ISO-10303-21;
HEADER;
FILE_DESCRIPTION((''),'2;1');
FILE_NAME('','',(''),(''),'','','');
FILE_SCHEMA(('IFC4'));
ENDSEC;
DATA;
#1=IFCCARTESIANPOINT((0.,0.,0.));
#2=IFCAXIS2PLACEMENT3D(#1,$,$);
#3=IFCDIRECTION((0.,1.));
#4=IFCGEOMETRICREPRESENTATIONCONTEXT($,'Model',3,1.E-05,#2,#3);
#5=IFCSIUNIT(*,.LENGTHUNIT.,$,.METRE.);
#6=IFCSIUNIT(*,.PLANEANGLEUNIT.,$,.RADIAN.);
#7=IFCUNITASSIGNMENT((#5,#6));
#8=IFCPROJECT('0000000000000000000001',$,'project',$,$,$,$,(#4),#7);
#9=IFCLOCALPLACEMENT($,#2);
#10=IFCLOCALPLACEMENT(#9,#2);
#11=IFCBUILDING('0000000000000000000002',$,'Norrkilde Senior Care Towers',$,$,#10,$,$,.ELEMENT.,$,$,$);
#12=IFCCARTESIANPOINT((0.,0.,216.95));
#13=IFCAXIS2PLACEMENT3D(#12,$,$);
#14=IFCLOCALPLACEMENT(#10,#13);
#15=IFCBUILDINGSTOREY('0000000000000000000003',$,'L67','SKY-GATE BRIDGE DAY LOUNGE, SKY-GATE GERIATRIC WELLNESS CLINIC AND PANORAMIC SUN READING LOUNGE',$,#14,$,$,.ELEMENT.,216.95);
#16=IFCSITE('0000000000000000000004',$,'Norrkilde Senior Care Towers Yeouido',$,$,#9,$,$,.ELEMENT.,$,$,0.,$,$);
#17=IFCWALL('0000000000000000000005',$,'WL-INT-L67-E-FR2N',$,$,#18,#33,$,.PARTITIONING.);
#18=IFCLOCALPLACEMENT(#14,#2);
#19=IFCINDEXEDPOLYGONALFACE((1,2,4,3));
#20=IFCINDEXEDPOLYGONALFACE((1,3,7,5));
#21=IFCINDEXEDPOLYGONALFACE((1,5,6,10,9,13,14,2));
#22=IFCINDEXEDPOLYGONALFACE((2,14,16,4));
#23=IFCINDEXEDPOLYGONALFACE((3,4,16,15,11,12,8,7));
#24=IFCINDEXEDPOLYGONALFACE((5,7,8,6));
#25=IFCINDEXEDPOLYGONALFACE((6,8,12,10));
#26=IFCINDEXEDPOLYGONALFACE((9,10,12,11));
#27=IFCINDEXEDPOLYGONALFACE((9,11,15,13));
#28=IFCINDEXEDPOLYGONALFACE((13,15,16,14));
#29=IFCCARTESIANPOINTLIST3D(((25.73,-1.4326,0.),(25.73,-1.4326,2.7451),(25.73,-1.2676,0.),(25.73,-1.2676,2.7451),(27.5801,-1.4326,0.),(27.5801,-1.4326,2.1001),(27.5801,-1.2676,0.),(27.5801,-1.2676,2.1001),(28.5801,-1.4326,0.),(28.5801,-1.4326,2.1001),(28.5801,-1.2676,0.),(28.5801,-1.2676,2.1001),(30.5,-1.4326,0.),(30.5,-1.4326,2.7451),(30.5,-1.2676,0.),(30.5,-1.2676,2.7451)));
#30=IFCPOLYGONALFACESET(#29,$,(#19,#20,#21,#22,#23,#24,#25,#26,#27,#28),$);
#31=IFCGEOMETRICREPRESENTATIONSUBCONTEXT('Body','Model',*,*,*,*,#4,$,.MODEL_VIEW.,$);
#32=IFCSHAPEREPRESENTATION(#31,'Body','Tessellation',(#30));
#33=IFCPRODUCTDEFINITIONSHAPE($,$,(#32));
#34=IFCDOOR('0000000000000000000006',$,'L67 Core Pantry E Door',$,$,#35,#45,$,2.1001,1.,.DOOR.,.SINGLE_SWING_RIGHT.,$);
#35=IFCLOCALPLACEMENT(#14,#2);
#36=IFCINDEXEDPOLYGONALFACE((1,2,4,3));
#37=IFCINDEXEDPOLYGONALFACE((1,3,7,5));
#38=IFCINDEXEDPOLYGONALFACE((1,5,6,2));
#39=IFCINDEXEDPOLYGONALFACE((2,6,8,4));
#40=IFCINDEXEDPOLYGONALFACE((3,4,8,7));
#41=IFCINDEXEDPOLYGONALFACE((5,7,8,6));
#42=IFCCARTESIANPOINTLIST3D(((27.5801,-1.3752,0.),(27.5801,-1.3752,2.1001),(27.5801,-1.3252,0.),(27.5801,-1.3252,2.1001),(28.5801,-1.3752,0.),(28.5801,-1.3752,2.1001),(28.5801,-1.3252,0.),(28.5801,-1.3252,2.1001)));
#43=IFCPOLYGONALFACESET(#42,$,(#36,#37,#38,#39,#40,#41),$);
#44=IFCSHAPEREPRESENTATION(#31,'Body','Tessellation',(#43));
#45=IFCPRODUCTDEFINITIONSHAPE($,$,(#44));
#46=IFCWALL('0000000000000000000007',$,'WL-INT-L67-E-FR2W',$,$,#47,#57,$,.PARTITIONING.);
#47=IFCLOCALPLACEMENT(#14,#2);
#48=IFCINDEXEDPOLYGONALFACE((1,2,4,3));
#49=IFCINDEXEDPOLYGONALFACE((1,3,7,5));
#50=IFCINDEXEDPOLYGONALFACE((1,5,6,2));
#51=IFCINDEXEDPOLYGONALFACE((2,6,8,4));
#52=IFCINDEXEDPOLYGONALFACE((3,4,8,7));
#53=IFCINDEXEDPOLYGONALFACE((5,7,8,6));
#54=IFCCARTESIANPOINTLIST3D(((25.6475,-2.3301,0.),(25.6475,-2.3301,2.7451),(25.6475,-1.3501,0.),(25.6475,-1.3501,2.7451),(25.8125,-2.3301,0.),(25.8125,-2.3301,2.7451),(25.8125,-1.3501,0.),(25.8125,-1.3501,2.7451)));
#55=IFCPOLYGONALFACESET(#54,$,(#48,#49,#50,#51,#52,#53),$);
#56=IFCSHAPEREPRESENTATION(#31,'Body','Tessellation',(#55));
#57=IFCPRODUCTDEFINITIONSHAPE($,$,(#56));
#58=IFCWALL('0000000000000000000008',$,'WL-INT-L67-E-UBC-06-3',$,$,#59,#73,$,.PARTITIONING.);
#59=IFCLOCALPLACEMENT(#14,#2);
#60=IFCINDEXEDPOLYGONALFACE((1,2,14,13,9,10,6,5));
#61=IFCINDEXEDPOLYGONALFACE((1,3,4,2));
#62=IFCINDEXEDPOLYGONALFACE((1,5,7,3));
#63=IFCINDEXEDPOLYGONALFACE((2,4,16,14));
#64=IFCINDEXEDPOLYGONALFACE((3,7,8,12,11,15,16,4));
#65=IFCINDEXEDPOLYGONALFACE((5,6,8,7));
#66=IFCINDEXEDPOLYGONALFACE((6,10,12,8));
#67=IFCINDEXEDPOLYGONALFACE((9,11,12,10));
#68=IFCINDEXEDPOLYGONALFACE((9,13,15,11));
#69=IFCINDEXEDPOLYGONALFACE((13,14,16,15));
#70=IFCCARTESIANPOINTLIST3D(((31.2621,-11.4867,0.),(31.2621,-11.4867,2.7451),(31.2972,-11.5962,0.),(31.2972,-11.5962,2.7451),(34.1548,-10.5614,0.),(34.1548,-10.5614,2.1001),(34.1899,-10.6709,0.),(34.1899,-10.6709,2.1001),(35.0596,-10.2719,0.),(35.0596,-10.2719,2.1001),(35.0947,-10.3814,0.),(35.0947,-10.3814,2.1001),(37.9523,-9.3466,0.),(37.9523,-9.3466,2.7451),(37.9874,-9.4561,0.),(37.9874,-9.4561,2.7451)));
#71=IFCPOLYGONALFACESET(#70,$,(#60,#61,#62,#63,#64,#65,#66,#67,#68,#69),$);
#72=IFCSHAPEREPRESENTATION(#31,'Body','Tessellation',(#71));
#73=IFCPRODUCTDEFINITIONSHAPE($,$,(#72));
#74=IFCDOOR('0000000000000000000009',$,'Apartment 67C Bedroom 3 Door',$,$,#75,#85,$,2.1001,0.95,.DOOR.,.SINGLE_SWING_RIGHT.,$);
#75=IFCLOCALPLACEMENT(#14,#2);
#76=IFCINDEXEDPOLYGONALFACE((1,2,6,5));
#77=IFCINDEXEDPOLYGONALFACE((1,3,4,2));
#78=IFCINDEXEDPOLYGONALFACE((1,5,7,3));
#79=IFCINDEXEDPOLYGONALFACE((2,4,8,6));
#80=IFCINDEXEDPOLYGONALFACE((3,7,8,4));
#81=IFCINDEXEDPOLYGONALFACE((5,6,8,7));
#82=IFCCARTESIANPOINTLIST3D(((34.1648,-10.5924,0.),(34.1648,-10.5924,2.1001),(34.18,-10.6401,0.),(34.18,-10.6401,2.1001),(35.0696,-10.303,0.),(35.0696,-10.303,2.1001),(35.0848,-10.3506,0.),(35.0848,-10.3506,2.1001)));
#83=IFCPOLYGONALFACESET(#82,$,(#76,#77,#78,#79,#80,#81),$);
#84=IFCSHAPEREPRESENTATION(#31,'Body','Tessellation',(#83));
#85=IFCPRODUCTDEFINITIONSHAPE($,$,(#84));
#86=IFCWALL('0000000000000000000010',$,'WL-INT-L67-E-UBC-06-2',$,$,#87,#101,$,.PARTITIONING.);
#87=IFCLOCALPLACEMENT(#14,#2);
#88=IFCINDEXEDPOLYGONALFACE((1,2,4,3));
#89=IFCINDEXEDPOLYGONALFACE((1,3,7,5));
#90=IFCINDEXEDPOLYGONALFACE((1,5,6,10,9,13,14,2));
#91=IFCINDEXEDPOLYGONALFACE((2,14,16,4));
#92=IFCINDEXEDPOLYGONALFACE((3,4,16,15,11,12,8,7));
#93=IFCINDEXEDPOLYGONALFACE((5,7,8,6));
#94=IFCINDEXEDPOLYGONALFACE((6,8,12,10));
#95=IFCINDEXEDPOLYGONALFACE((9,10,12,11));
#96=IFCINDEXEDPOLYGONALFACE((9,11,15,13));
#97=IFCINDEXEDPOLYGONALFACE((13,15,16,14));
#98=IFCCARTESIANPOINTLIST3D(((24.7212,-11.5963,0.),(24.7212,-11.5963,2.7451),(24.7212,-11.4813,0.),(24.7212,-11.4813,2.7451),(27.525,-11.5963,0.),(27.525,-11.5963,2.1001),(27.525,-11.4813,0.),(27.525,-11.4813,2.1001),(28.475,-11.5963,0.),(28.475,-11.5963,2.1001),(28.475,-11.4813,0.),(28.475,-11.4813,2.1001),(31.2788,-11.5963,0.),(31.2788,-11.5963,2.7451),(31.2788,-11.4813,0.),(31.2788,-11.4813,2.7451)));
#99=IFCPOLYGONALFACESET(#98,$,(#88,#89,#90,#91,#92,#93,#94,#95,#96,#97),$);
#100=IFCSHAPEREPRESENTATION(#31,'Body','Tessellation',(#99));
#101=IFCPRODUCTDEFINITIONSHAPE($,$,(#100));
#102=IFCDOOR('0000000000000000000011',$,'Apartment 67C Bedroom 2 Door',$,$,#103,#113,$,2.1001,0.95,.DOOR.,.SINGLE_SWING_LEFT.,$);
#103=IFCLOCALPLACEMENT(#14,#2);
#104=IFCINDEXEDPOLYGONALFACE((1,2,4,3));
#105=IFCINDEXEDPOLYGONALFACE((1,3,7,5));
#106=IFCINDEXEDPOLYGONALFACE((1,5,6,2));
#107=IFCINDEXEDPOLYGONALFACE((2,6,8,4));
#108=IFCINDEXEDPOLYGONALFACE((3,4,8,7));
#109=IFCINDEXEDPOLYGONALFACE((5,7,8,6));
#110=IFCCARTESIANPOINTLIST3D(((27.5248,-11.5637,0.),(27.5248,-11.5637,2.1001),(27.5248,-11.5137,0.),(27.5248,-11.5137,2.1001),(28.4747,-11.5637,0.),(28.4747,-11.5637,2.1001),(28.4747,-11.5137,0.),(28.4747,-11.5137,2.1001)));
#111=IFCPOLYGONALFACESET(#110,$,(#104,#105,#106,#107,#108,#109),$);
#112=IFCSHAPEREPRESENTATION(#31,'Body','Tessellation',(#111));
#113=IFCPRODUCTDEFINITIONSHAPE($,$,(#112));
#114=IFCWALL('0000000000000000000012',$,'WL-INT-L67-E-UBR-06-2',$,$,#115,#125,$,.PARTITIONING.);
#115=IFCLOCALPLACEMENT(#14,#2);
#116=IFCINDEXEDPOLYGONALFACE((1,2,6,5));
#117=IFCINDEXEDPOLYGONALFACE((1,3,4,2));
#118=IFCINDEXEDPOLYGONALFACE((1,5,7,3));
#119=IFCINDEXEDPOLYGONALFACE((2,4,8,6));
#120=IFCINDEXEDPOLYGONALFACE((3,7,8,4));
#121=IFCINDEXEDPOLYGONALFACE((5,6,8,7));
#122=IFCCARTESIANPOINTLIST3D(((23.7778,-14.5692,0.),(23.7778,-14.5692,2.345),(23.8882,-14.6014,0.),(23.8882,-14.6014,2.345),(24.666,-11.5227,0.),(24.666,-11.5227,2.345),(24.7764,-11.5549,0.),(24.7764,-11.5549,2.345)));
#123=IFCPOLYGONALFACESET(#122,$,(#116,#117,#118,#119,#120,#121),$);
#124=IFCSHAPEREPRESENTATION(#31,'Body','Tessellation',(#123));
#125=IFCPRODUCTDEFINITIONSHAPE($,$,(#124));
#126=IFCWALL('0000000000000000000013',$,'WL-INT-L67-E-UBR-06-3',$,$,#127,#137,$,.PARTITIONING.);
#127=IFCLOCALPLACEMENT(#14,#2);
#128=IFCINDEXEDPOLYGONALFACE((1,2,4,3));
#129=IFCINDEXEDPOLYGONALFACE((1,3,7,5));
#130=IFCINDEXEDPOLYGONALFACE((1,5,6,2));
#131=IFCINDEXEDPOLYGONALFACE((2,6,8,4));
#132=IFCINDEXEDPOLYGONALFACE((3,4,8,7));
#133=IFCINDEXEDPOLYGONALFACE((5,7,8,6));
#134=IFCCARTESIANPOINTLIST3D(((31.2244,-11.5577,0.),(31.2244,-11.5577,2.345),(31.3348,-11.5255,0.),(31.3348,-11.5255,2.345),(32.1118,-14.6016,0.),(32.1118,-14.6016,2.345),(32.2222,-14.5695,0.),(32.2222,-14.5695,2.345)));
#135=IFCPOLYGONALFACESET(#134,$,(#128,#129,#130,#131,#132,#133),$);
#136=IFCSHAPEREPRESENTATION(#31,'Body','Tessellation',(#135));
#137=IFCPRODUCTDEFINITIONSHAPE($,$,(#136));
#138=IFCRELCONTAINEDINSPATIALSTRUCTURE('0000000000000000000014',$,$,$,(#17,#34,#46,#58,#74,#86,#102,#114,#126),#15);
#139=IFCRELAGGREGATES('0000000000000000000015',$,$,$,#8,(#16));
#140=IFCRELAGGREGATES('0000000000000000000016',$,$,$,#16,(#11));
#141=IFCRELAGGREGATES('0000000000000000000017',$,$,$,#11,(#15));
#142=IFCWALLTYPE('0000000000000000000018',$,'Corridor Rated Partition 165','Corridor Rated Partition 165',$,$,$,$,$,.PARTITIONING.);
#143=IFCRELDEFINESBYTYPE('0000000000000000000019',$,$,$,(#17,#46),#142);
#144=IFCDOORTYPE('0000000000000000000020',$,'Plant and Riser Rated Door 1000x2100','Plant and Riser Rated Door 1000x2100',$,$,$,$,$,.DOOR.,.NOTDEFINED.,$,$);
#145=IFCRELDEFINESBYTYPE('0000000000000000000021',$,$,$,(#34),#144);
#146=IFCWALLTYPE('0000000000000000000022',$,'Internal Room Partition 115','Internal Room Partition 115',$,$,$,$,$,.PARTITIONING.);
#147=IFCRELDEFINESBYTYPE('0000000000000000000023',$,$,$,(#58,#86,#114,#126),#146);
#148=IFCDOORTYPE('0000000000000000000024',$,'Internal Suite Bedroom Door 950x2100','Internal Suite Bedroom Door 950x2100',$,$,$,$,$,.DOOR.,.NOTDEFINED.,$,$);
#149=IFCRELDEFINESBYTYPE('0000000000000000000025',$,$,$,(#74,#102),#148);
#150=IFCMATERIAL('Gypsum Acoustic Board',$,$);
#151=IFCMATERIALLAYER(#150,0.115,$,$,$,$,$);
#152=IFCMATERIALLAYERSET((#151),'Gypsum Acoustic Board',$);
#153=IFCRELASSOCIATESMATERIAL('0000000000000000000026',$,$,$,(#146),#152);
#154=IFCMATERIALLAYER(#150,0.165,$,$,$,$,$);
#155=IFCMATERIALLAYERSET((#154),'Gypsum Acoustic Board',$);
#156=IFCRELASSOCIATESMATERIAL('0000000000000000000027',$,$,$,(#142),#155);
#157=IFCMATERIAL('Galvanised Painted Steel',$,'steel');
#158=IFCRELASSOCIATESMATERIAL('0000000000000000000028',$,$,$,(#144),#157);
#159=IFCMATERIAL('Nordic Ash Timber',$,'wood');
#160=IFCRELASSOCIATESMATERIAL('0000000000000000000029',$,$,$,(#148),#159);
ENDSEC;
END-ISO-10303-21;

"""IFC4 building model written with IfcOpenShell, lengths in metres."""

from ifc_helpers import new_model, si_unit, direction, frame, frame_2d, origin, place, context, subcontext, project, spatial, rectangle, extrude, source, transform, mapped, material, layer, layer_set, type_object, type_shapes, element, fill, save


model = new_model("IFC4")

# Units and contexts
model_context = context("Model", 3, precision=1e-05, world=origin(), true_north=direction((0.0, 1.0)))
body_context = subcontext(model_context, "Body", "Model", "MODEL_VIEW")
ifc_project = project(units=[si_unit("LENGTHUNIT", "METRE"), si_unit("PLANEANGLEUNIT", "RADIAN")], contexts=[model_context])

# Site, building, storey
site_placement = place(None, origin())
site = spatial("IfcSite", under=ifc_project, at=site_placement, Name="Norrkilde Senior Care Towers Yeouido", CompositionType="ELEMENT", RefElevation=0.0)
building_placement = place(site_placement, origin())
building = spatial("IfcBuilding", under=site, at=building_placement, Name="Norrkilde Senior Care Towers", CompositionType="ELEMENT")
storey_placement = place(building_placement, frame((0.0, 0.0, 216.95)))
storey = spatial("IfcBuildingStorey", under=building, at=storey_placement, Name="L67", Description="SKY-GATE BRIDGE DAY LOUNGE, SKY-GATE GERIATRIC WELLNESS CLINIC AND PANORAMIC SUN READING LOUNGE", CompositionType="ELEMENT", Elevation=216.95)

# Shared definitions
ifc_material_1 = material(Name="Gypsum Acoustic Board")
ifc_layer_1 = layer(ifc_material_1, 0.115)
ifc_layer_set_1 = layer_set([ifc_layer_1], Name="Gypsum Acoustic Board")
wall_type_1 = type_object("IfcWallType", Name="Internal Room Partition 115", Description="Internal Room Partition 115", PredefinedType="PARTITIONING", material=ifc_layer_set_1)

# Wall, opening, door
ifc_layer_2 = layer(ifc_material_1, 0.165)
ifc_layer_set_2 = layer_set([ifc_layer_2], Name="Gypsum Acoustic Board")
wall_type_2 = type_object("IfcWallType", Name="Corridor Rated Partition 165", Description="Corridor Rated Partition 165", PredefinedType="PARTITIONING", material=ifc_layer_set_2)
shared_shape_1 = source(origin(), body_context, "Body", "SweptSolid", [
    extrude(rectangle(XDim=4.77, YDim=0.165, at=frame_2d((2.385, 0.0))), origin(), (0.0, 0.0, 1.0), 2.7451),
])
wall_1_placement = place(storey_placement, frame((25.73, -1.3501, 0.0), z_axis=(0.0, 0.0, 1.0), x_axis=(1.0, 0.0, 0.0)))
wall_1 = element("IfcWall", 1, at=wall_1_placement, inside=storey, type_object=wall_type_2, Name="WL-INT-L67-E-FR2N", PredefinedType="PARTITIONING", context=body_context, shape_type="MappedRepresentation", body=[
    mapped(shared_shape_1, transform((0.0, 0.0, 0.0), x_axis=(1.0, 0.0, 0.0), y_axis=(0.0, 1.0, 0.0), z_axis=(0.0, 0.0, 1.0), scale=1.0)),
])
opening_1_placement = place(wall_1_placement, frame((1.8501, 0.0, 0.0)))
opening_1 = element("IfcOpeningElement", 2, at=opening_1_placement, cuts=wall_1, PredefinedType="OPENING", context=body_context, shape_type="SweptSolid", body=[
    extrude(rectangle(XDim=1.0, YDim=2.1001, at=frame_2d((0.5, 1.05))), frame((0.0, 0.0925, 0.0), z_axis=(0.0, -1.0, 0.0), x_axis=(1.0, 0.0, 0.0)), (0.0, 0.0, 1.0), 0.1851),
])
ifc_material_2 = material(Name="Galvanised Painted Steel", Category="steel")
door_type_1 = type_object("IfcDoorType", Name="Plant and Riser Rated Door 1000x2100", Description="Plant and Riser Rated Door 1000x2100", OperationType="NOTDEFINED", PredefinedType="DOOR", material=ifc_material_2)
shared_shape_2 = source(origin(), body_context, "Body", "SweptSolid", [
    extrude(rectangle(XDim=1.0, YDim=2.1001, at=frame_2d((0.5, 1.05))), frame((0.0, 0.0249, 0.0), z_axis=(0.0, -1.0, 0.0), x_axis=(1.0, 0.0, 0.0)), (0.0, 0.0, 1.0), 0.05),
])
type_shapes(door_type_1, [shared_shape_2])
door_1_placement = place(opening_1_placement, origin())
door_1 = element("IfcDoor", 3, at=door_1_placement, inside=storey, type_object=door_type_1, Name="L67 Core Pantry E Door", OperationType="SINGLE_SWING_RIGHT", OverallHeight=2.1001, OverallWidth=1.0, PredefinedType="DOOR", context=body_context, shape_type="MappedRepresentation", body=[
    mapped(shared_shape_2, transform((0.0, 0.0, 0.0), x_axis=(1.0, 0.0, 0.0), y_axis=(0.0, 1.0, 0.0), z_axis=(0.0, 0.0, 1.0), scale=1.0)),
])
fill(opening_1, door_1)

# Wall
shared_shape_3 = source(origin(), body_context, "Body", "SweptSolid", [
    extrude(rectangle(XDim=0.98, YDim=0.165, at=frame_2d((0.49, 0.0))), origin(), (0.0, 0.0, 1.0), 2.7451),
])
type_shapes(wall_type_2, [shared_shape_1, shared_shape_3])
wall_2_placement = place(storey_placement, frame((25.73, -2.3301, 0.0), z_axis=(0.0, 0.0, 1.0), x_axis=(0.0, 1.0, 0.0)))
element("IfcWall", 4, at=wall_2_placement, inside=storey, type_object=wall_type_2, Name="WL-INT-L67-E-FR2W", PredefinedType="PARTITIONING", context=body_context, shape_type="MappedRepresentation", body=[
    mapped(shared_shape_3, transform((0.0, 0.0, 0.0), x_axis=(1.0, 0.0, 0.0), y_axis=(0.0, 1.0, 0.0), z_axis=(0.0, 0.0, 1.0), scale=1.0)),
])

# Walls, openings, doors
shared_shape_4 = source(origin(), body_context, "Body", "SweptSolid", [
    extrude(rectangle(XDim=7.0242, YDim=0.115, at=frame_2d((3.5122, 0.0))), origin(), (0.0, 0.0, 1.0), 2.7451),
])
wall_3_placement = place(storey_placement, frame((31.2795, -11.5415, 0.0), z_axis=(0.0, 0.0, 1.0), x_axis=(0.952454, 0.304682, 0.0)))
wall_3 = element("IfcWall", 5, at=wall_3_placement, inside=storey, type_object=wall_type_1, Name="WL-INT-L67-E-UBC-06-3", PredefinedType="PARTITIONING", context=body_context, shape_type="MappedRepresentation", body=[
    mapped(shared_shape_4, transform((0.0, 0.0, 0.0), x_axis=(1.0, 0.0, 0.0), y_axis=(0.0, 1.0, 0.0), z_axis=(0.0, 0.0, 1.0), scale=1.0)),
])
opening_2_placement = place(wall_3_placement, frame((3.0371, 0.0, 0.0)))
opening_2 = element("IfcOpeningElement", 6, at=opening_2_placement, cuts=wall_3, PredefinedType="OPENING", context=body_context, shape_type="SweptSolid", body=[
    extrude(rectangle(XDim=0.95, YDim=2.1001, at=frame_2d((0.4751, 1.05))), frame((0.0, 0.0674, 0.0), z_axis=(0.0, -1.0, 0.0), x_axis=(1.0, 0.0, 0.0)), (0.0, 0.0, 1.0), 0.135),
])
ifc_material_3 = material(Name="Nordic Ash Timber", Category="wood")
door_type_2 = type_object("IfcDoorType", Name="Internal Suite Bedroom Door 950x2100", Description="Internal Suite Bedroom Door 950x2100", OperationType="NOTDEFINED", PredefinedType="DOOR", material=ifc_material_3)
shared_shape_5 = source(origin(), body_context, "Body", "SweptSolid", [
    extrude(rectangle(XDim=0.95, YDim=2.1001, at=frame_2d((0.4751, 1.05))), frame((0.0, 0.0249, 0.0), z_axis=(0.0, -1.0, 0.0), x_axis=(1.0, 0.0, 0.0)), (0.0, 0.0, 1.0), 0.05),
])
type_shapes(door_type_2, [shared_shape_5])
door_2_placement = place(opening_2_placement, origin())
door_2 = element("IfcDoor", 7, at=door_2_placement, inside=storey, type_object=door_type_2, Name="Apartment 67C Bedroom 3 Door", OperationType="SINGLE_SWING_RIGHT", OverallHeight=2.1001, OverallWidth=0.95, PredefinedType="DOOR", context=body_context, shape_type="MappedRepresentation", body=[
    mapped(shared_shape_5, transform((0.0, 0.0, 0.0), x_axis=(1.0, 0.0, 0.0), y_axis=(0.0, 1.0, 0.0), z_axis=(0.0, 0.0, 1.0), scale=1.0)),
])
fill(opening_2, door_2)
shared_shape_6 = source(origin(), body_context, "Body", "SweptSolid", [
    extrude(rectangle(XDim=6.5576, YDim=0.115, at=frame_2d((3.2788, 0.0))), origin(), (0.0, 0.0, 1.0), 2.7451),
])
wall_4_placement = place(storey_placement, frame((24.7212, -11.5388, 0.0), z_axis=(0.0, 0.0, 1.0), x_axis=(1.0, 0.0, 0.0)))
wall_4 = element("IfcWall", 8, at=wall_4_placement, inside=storey, type_object=wall_type_1, Name="WL-INT-L67-E-UBC-06-2", PredefinedType="PARTITIONING", context=body_context, shape_type="MappedRepresentation", body=[
    mapped(shared_shape_6, transform((0.0, 0.0, 0.0), x_axis=(1.0, 0.0, 0.0), y_axis=(0.0, 1.0, 0.0), z_axis=(0.0, 0.0, 1.0), scale=1.0)),
])
opening_3_placement = place(wall_4_placement, frame((2.8037, 0.0, 0.0)))
opening_3 = element("IfcOpeningElement", 9, at=opening_3_placement, cuts=wall_4, PredefinedType="OPENING", context=body_context, shape_type="SweptSolid", body=[
    extrude(rectangle(XDim=0.95, YDim=2.1001, at=frame_2d((0.4751, 1.05))), frame((0.0, 0.0674, 0.0), z_axis=(0.0, -1.0, 0.0), x_axis=(1.0, 0.0, 0.0)), (0.0, 0.0, 1.0), 0.135),
])
door_3_placement = place(opening_3_placement, frame((0.95, 0.0, 0.0), z_axis=(0.0, 0.0, 1.0), x_axis=(-1.0, 0.0, 0.0)))
door_3 = element("IfcDoor", 10, at=door_3_placement, inside=storey, type_object=door_type_2, Name="Apartment 67C Bedroom 2 Door", OperationType="SINGLE_SWING_LEFT", OverallHeight=2.1001, OverallWidth=0.95, PredefinedType="DOOR", context=body_context, shape_type="MappedRepresentation", body=[
    mapped(shared_shape_5, transform((0.0, 0.0, 0.0), x_axis=(1.0, 0.0, 0.0), y_axis=(0.0, 1.0, 0.0), z_axis=(0.0, 0.0, 1.0), scale=1.0)),
])
fill(opening_3, door_3)

# Walls
shared_shape_7 = source(origin(), body_context, "Body", "SweptSolid", [
    extrude(rectangle(XDim=3.1733, YDim=0.115, at=frame_2d((1.5867, 0.0))), origin(), (0.0, 0.0, 1.0), 2.345),
])
wall_5_placement = place(storey_placement, frame((24.7212, -11.5388, 0.0), z_axis=(0.0, 0.0, 1.0), x_axis=(-0.279879, -0.960035, 0.0)))
element("IfcWall", 11, at=wall_5_placement, inside=storey, type_object=wall_type_1, Name="WL-INT-L67-E-UBR-06-2", PredefinedType="PARTITIONING", context=body_context, shape_type="MappedRepresentation", body=[
    mapped(shared_shape_7, transform((0.0, 0.0, 0.0), x_axis=(1.0, 0.0, 0.0), y_axis=(0.0, 1.0, 0.0), z_axis=(0.0, 0.0, 1.0), scale=1.0)),
])
shared_shape_8 = source(origin(), body_context, "Body", "SweptSolid", [
    extrude(rectangle(XDim=3.1707, YDim=0.115, at=frame_2d((1.5854, 0.0))), origin(), (0.0, 0.0, 1.0), 2.345),
])
wall_6_placement = place(storey_placement, frame((31.2795, -11.5415, 0.0), z_axis=(0.0, 0.0, 1.0), x_axis=(0.279894, -0.960031, 0.0)))
element("IfcWall", 12, at=wall_6_placement, inside=storey, type_object=wall_type_1, Name="WL-INT-L67-E-UBR-06-3", PredefinedType="PARTITIONING", context=body_context, shape_type="MappedRepresentation", body=[
    mapped(shared_shape_8, transform((0.0, 0.0, 0.0), x_axis=(1.0, 0.0, 0.0), y_axis=(0.0, 1.0, 0.0), z_axis=(0.0, 0.0, 1.0), scale=1.0)),
])

save(model, "model.ifc")
